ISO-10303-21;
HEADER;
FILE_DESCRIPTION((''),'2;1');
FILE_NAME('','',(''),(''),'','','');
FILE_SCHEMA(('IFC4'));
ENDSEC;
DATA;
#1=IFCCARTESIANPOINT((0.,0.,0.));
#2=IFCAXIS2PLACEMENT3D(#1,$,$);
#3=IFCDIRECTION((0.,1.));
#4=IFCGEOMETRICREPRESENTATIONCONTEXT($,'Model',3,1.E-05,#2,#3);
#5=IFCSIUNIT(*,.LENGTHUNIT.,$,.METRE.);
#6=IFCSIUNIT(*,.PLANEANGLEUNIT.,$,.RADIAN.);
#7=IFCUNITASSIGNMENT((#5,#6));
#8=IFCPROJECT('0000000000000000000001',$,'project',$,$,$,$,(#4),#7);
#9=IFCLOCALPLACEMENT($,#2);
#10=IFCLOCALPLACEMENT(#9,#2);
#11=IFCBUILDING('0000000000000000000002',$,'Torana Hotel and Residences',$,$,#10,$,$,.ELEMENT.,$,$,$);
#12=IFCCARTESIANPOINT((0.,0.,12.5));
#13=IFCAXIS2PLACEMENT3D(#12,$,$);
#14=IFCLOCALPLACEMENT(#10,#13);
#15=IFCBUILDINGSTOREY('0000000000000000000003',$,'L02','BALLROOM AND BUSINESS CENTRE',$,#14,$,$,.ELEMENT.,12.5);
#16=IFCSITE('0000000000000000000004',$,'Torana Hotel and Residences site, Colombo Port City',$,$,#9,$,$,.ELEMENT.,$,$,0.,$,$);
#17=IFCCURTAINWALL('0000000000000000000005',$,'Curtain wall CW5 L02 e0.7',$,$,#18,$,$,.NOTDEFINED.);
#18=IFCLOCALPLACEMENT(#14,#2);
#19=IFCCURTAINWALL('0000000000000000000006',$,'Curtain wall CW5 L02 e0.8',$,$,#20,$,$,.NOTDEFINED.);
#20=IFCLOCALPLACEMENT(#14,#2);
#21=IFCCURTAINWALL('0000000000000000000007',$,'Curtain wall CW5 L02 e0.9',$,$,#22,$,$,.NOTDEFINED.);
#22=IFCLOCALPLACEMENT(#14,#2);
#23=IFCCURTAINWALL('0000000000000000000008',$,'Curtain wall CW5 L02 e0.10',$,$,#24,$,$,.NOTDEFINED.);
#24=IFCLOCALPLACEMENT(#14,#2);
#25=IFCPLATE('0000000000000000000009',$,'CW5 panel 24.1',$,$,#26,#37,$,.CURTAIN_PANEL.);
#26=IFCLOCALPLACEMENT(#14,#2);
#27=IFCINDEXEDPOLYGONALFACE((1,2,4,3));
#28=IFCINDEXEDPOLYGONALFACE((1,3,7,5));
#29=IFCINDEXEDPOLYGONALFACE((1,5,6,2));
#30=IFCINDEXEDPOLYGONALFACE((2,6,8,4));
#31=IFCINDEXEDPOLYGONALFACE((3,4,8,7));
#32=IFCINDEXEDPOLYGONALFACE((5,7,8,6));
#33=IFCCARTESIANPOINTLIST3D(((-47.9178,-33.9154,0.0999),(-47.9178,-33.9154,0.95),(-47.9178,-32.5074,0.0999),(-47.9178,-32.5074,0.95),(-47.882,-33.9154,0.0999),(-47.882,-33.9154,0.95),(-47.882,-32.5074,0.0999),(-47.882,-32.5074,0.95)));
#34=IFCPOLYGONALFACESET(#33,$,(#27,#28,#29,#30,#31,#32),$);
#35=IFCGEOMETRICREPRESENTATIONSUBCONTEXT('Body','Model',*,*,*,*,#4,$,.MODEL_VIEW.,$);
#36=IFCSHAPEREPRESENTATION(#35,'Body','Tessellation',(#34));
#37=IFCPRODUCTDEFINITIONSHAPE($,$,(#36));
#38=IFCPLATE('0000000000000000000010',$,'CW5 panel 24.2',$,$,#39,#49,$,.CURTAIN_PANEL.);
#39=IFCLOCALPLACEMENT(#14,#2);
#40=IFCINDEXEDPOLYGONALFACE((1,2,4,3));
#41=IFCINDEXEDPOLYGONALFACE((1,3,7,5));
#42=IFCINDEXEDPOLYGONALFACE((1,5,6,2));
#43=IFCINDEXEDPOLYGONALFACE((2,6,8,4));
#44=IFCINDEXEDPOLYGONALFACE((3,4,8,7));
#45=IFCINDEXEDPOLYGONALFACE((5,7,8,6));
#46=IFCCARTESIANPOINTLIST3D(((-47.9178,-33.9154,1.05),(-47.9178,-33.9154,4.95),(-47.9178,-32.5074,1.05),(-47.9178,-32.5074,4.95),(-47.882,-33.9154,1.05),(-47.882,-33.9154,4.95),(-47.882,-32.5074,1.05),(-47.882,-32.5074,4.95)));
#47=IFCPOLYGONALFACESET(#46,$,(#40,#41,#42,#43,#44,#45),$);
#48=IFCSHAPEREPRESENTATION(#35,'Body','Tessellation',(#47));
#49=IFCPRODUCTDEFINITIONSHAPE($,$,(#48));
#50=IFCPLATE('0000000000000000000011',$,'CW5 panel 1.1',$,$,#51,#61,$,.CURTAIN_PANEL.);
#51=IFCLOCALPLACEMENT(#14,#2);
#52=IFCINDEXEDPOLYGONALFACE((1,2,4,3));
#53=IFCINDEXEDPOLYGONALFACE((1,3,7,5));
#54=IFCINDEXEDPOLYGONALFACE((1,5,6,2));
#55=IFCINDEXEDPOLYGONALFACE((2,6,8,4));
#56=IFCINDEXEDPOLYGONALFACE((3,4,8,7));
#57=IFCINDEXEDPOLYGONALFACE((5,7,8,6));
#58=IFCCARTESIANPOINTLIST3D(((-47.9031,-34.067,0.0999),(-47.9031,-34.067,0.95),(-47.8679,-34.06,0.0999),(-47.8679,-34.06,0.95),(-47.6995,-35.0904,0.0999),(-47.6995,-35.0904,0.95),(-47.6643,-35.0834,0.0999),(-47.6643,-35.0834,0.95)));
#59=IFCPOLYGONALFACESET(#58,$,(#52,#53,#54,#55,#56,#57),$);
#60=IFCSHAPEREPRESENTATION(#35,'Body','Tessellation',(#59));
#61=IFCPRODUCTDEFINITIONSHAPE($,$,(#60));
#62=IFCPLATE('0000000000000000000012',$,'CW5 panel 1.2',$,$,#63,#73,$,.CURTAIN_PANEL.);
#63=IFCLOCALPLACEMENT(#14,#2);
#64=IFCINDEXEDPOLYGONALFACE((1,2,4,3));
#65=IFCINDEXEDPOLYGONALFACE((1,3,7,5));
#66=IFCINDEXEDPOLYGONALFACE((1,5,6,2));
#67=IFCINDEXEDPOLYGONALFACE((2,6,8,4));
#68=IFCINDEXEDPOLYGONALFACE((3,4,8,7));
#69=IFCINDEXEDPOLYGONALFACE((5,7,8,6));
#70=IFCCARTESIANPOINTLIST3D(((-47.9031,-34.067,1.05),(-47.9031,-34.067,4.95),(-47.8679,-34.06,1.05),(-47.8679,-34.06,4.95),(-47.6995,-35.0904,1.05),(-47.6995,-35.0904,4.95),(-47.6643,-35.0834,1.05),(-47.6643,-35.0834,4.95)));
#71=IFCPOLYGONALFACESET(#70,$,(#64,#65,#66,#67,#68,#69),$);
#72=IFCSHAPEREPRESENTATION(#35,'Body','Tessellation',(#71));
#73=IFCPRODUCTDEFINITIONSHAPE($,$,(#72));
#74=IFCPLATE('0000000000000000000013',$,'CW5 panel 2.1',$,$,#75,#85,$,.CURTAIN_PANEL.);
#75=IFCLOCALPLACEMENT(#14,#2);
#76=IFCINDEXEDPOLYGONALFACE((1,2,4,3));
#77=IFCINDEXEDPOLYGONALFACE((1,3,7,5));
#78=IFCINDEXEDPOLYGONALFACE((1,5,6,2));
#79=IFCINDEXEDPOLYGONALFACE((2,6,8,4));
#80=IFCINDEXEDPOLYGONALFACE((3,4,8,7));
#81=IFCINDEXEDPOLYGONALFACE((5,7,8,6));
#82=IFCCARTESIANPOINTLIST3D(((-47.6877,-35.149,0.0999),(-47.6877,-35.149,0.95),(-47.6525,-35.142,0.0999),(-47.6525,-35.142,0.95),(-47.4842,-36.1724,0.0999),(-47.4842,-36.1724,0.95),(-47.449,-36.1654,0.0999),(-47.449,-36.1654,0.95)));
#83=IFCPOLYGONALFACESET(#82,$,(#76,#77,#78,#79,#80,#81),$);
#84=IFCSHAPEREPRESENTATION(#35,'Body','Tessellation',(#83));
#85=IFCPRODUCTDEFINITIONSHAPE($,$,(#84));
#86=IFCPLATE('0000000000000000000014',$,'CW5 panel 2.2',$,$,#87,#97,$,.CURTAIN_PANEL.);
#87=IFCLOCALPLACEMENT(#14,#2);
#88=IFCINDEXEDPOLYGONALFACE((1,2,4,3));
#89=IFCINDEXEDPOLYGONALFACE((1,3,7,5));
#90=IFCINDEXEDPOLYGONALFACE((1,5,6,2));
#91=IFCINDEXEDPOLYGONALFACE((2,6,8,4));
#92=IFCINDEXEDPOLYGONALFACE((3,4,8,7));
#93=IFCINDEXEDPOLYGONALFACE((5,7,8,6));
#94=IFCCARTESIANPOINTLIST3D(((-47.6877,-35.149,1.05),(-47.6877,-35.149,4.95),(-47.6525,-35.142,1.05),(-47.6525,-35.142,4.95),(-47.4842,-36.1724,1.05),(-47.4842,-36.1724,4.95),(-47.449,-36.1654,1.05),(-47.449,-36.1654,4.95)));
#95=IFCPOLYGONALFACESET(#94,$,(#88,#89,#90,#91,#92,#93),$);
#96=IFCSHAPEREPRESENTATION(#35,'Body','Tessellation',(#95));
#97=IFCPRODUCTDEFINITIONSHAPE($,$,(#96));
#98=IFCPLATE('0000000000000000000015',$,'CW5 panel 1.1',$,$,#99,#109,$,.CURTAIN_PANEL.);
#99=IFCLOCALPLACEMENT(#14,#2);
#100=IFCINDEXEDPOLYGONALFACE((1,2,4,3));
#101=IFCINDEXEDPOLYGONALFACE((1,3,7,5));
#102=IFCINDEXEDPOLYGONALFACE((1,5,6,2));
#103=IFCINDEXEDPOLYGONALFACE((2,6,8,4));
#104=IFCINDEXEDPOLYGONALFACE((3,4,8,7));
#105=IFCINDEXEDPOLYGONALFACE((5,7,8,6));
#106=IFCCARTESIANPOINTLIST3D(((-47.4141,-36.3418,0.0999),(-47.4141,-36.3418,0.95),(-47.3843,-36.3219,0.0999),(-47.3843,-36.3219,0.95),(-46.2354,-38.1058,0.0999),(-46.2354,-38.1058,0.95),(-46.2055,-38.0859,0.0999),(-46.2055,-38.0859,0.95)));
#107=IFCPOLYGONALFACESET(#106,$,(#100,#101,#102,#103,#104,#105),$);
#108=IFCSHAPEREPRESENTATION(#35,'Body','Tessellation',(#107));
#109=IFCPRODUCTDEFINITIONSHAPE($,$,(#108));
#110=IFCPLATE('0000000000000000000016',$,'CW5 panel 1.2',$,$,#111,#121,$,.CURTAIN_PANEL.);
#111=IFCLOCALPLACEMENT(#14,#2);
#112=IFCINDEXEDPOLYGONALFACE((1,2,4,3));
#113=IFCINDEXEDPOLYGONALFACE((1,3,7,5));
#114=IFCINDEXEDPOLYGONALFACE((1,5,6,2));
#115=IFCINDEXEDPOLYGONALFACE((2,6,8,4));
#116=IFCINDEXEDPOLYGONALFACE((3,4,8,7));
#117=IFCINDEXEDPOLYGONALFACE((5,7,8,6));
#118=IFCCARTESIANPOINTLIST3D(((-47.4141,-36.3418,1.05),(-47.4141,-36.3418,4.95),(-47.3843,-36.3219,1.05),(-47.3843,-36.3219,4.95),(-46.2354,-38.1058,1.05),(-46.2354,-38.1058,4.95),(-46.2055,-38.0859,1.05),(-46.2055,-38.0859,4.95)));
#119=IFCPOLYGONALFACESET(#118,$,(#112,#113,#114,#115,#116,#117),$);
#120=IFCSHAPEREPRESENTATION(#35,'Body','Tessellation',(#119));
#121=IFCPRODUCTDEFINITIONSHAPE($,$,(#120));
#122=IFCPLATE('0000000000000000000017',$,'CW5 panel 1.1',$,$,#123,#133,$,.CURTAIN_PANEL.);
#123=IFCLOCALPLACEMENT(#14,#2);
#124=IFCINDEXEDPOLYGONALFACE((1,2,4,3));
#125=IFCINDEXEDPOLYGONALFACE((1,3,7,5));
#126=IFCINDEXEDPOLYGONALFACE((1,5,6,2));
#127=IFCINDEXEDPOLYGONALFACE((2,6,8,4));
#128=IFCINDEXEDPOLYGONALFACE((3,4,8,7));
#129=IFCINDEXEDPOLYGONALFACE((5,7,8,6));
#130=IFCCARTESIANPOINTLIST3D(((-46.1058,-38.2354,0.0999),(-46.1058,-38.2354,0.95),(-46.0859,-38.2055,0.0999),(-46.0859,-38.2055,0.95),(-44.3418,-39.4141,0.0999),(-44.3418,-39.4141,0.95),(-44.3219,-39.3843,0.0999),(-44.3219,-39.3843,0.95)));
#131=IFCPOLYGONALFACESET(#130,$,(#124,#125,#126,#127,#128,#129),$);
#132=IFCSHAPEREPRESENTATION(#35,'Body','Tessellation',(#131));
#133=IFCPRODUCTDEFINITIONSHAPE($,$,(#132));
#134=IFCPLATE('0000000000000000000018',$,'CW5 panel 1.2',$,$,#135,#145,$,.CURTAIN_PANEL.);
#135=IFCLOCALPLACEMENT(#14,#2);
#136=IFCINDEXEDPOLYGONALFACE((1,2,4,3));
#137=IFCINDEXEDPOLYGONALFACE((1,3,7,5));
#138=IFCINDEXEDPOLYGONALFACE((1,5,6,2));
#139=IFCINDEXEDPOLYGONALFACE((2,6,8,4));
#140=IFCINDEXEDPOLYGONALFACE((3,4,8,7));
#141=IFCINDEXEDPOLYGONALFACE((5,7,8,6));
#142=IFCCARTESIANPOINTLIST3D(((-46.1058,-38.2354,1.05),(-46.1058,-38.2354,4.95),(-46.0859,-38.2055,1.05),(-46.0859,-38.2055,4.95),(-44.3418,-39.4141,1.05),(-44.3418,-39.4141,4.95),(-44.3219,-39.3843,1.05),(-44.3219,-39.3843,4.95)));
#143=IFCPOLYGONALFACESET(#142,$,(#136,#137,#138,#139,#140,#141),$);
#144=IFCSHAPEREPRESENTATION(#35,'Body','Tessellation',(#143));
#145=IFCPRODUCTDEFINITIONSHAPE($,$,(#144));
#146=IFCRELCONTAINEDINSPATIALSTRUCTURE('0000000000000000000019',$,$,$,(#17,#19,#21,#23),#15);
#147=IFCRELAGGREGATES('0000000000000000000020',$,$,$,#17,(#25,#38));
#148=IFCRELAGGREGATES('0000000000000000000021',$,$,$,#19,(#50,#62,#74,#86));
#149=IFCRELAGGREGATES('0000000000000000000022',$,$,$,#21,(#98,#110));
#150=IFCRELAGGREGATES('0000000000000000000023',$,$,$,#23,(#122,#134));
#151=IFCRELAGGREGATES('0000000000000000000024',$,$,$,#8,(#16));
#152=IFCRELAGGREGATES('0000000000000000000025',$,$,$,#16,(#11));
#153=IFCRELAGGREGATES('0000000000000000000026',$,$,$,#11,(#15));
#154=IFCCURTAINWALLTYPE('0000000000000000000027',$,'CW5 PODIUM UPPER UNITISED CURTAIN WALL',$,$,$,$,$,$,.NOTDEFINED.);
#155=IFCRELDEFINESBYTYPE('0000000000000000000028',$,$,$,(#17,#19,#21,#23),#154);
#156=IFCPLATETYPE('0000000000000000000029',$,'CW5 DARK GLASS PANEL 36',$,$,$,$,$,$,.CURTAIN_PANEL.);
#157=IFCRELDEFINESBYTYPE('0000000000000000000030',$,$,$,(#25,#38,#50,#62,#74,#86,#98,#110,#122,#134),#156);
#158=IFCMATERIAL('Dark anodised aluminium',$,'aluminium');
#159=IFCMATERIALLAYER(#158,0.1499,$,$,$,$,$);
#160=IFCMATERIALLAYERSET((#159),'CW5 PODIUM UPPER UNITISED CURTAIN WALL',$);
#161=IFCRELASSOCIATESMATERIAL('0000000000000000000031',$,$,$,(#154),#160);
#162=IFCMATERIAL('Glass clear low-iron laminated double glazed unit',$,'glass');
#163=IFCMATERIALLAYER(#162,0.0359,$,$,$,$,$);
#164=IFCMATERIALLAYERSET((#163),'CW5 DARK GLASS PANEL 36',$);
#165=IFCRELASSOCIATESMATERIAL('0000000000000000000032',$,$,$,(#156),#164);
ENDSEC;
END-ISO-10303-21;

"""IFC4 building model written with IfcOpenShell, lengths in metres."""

from ifc_helpers import new_model, si_unit, direction, frame, origin, origin_2d, place, context, subcontext, project, spatial, rectangle, extrude, material, layer, layer_set, type_object, element, aggregate, save


model = new_model("IFC4")

# Units and contexts
model_context = context("Model", 3, precision=1e-05, world=origin(), true_north=direction((0.0, 1.0)))
body_context = subcontext(model_context, "Body", "Model", "MODEL_VIEW")
ifc_project = project(units=[si_unit("LENGTHUNIT", "METRE"), si_unit("PLANEANGLEUNIT", "RADIAN")], contexts=[model_context])

# Site, building, storey
site_placement = place(None, origin())
site = spatial("IfcSite", under=ifc_project, at=site_placement, Name="Torana Hotel and Residences site, Colombo Port City", CompositionType="ELEMENT", RefElevation=0.0)
building_placement = place(site_placement, origin())
building = spatial("IfcBuilding", under=site, at=building_placement, Name="Torana Hotel and Residences", CompositionType="ELEMENT")
storey_placement = place(building_placement, frame((0.0, 0.0, 12.5)))
storey = spatial("IfcBuildingStorey", under=building, at=storey_placement, Name="L02", Description="BALLROOM AND BUSINESS CENTRE", CompositionType="ELEMENT", Elevation=12.5)

# Curtain walls
ifc_material_1 = material(Name="Dark anodised aluminium", Category="aluminium")
ifc_layer_1 = layer(ifc_material_1, 0.1499)
ifc_layer_set_1 = layer_set([ifc_layer_1], Name="CW5 PODIUM UPPER UNITISED CURTAIN WALL")
curtain_wall_type = type_object("IfcCurtainWallType", Name="CW5 PODIUM UPPER UNITISED CURTAIN WALL", PredefinedType="NOTDEFINED", material=ifc_layer_set_1)
curtain_wall_1_placement = place(storey_placement, origin())
curtain_wall_1 = element("IfcCurtainWall", 1, at=curtain_wall_1_placement, inside=storey, type_object=curtain_wall_type, Name="Curtain wall CW5 L02 e0.7", PredefinedType="NOTDEFINED")
curtain_wall_2_placement = place(storey_placement, origin())
curtain_wall_2 = element("IfcCurtainWall", 2, at=curtain_wall_2_placement, inside=storey, type_object=curtain_wall_type, Name="Curtain wall CW5 L02 e0.8", PredefinedType="NOTDEFINED")
curtain_wall_3_placement = place(storey_placement, origin())
curtain_wall_3 = element("IfcCurtainWall", 3, at=curtain_wall_3_placement, inside=storey, type_object=curtain_wall_type, Name="Curtain wall CW5 L02 e0.9", PredefinedType="NOTDEFINED")
curtain_wall_4_placement = place(storey_placement, origin())
curtain_wall_4 = element("IfcCurtainWall", 4, at=curtain_wall_4_placement, inside=storey, type_object=curtain_wall_type, Name="Curtain wall CW5 L02 e0.10", PredefinedType="NOTDEFINED")

# Plates
ifc_material_2 = material(Name="Glass clear low-iron laminated double glazed unit", Category="glass")
ifc_layer_2 = layer(ifc_material_2, 0.0359)
ifc_layer_set_2 = layer_set([ifc_layer_2], Name="CW5 DARK GLASS PANEL 36")
plate_type = type_object("IfcPlateType", Name="CW5 DARK GLASS PANEL 36", PredefinedType="CURTAIN_PANEL", material=ifc_layer_set_2)
plate_1_placement = place(storey_placement, frame((-47.8999, -33.2114, 0.0999), z_axis=(0.0, 0.0, 1.0), x_axis=(0.0, -1.0, 0.0)))
plate_1 = element("IfcPlate", 5, at=plate_1_placement, type_object=plate_type, Name="CW5 panel 24.1", PredefinedType="CURTAIN_PANEL", context=body_context, shape_type="SweptSolid", body=[
    extrude(rectangle(XDim=1.408, YDim=0.0359, at=origin_2d()), origin(), (0.0, 0.0, 1.0), 0.8501),
])
plate_2_placement = place(storey_placement, frame((-47.8999, -33.2114, 1.05), z_axis=(0.0, 0.0, 1.0), x_axis=(0.0, -1.0, 0.0)))
plate_2 = element("IfcPlate", 6, at=plate_2_placement, type_object=plate_type, Name="CW5 panel 24.2", PredefinedType="CURTAIN_PANEL", context=body_context, shape_type="SweptSolid", body=[
    extrude(rectangle(XDim=1.408, YDim=0.0359, at=origin_2d()), origin(), (0.0, 0.0, 1.0), 3.8999),
])
aggregate(curtain_wall_1, [plate_1, plate_2])
plate_3_placement = place(storey_placement, frame((-47.7837, -34.5752, 0.0999), z_axis=(0.0, 0.0, 1.0), x_axis=(0.195081, -0.980787, 0.0)))
plate_3 = element("IfcPlate", 7, at=plate_3_placement, type_object=plate_type, Name="CW5 panel 1.1", PredefinedType="CURTAIN_PANEL", context=body_context, shape_type="SweptSolid", body=[
    extrude(rectangle(XDim=1.0435, YDim=0.0359, at=origin_2d()), origin(), (0.0, 0.0, 1.0), 0.8501),
])
plate_4_placement = place(storey_placement, frame((-47.7837, -34.5752, 1.05), z_axis=(0.0, 0.0, 1.0), x_axis=(0.195081, -0.980787, 0.0)))
plate_4 = element("IfcPlate", 8, at=plate_4_placement, type_object=plate_type, Name="CW5 panel 1.2", PredefinedType="CURTAIN_PANEL", context=body_context, shape_type="SweptSolid", body=[
    extrude(rectangle(XDim=1.0435, YDim=0.0359, at=origin_2d()), origin(), (0.0, 0.0, 1.0), 3.8999),
])
plate_5_placement = place(storey_placement, frame((-47.5684, -35.6572, 0.0999), z_axis=(0.0, 0.0, 1.0), x_axis=(0.195081, -0.980787, 0.0)))
plate_5 = element("IfcPlate", 9, at=plate_5_placement, type_object=plate_type, Name="CW5 panel 2.1", PredefinedType="CURTAIN_PANEL", context=body_context, shape_type="SweptSolid", body=[
    extrude(rectangle(XDim=1.0435, YDim=0.0359, at=origin_2d()), origin(), (0.0, 0.0, 1.0), 0.8501),
])
plate_6_placement = place(storey_placement, frame((-47.5684, -35.6572, 1.05), z_axis=(0.0, 0.0, 1.0), x_axis=(0.195081, -0.980787, 0.0)))
plate_6 = element("IfcPlate", 10, at=plate_6_placement, type_object=plate_type, Name="CW5 panel 2.2", PredefinedType="CURTAIN_PANEL", context=body_context, shape_type="SweptSolid", body=[
    extrude(rectangle(XDim=1.0435, YDim=0.0359, at=origin_2d()), origin(), (0.0, 0.0, 1.0), 3.8999),
])
aggregate(curtain_wall_2, [plate_3, plate_4, plate_5, plate_6])
plate_7_placement = place(storey_placement, frame((-46.8098, -37.2139, 0.0999), z_axis=(0.0, 0.0, 1.0), x_axis=(0.555585, -0.83146, 0.0)))
plate_7 = element("IfcPlate", 11, at=plate_7_placement, type_object=plate_type, Name="CW5 panel 1.1", PredefinedType="CURTAIN_PANEL", context=body_context, shape_type="SweptSolid", body=[
    extrude(rectangle(XDim=2.1216, YDim=0.0359, at=origin_2d()), origin(), (0.0, 0.0, 1.0), 0.8501),
])
plate_8_placement = place(storey_placement, frame((-46.8098, -37.2139, 1.05), z_axis=(0.0, 0.0, 1.0), x_axis=(0.555585, -0.83146, 0.0)))
plate_8 = element("IfcPlate", 12, at=plate_8_placement, type_object=plate_type, Name="CW5 panel 1.2", PredefinedType="CURTAIN_PANEL", context=body_context, shape_type="SweptSolid", body=[
    extrude(rectangle(XDim=2.1216, YDim=0.0359, at=origin_2d()), origin(), (0.0, 0.0, 1.0), 3.8999),
])
aggregate(curtain_wall_3, [plate_7, plate_8])
plate_9_placement = place(storey_placement, frame((-45.2139, -38.8098, 0.0999), z_axis=(0.0, 0.0, 1.0), x_axis=(0.83146, -0.555585, 0.0)))
plate_9 = element("IfcPlate", 13, at=plate_9_placement, type_object=plate_type, Name="CW5 panel 1.1", PredefinedType="CURTAIN_PANEL", context=body_context, shape_type="SweptSolid", body=[
    extrude(rectangle(XDim=2.1216, YDim=0.0359, at=origin_2d()), origin(), (0.0, 0.0, 1.0), 0.8501),
])
plate_10_placement = place(storey_placement, frame((-45.2139, -38.8098, 1.05), z_axis=(0.0, 0.0, 1.0), x_axis=(0.83146, -0.555585, 0.0)))
plate_10 = element("IfcPlate", 14, at=plate_10_placement, type_object=plate_type, Name="CW5 panel 1.2", PredefinedType="CURTAIN_PANEL", context=body_context, shape_type="SweptSolid", body=[
    extrude(rectangle(XDim=2.1216, YDim=0.0359, at=origin_2d()), origin(), (0.0, 0.0, 1.0), 3.8999),
])
aggregate(curtain_wall_4, [plate_9, plate_10])

save(model, "model.ifc")
